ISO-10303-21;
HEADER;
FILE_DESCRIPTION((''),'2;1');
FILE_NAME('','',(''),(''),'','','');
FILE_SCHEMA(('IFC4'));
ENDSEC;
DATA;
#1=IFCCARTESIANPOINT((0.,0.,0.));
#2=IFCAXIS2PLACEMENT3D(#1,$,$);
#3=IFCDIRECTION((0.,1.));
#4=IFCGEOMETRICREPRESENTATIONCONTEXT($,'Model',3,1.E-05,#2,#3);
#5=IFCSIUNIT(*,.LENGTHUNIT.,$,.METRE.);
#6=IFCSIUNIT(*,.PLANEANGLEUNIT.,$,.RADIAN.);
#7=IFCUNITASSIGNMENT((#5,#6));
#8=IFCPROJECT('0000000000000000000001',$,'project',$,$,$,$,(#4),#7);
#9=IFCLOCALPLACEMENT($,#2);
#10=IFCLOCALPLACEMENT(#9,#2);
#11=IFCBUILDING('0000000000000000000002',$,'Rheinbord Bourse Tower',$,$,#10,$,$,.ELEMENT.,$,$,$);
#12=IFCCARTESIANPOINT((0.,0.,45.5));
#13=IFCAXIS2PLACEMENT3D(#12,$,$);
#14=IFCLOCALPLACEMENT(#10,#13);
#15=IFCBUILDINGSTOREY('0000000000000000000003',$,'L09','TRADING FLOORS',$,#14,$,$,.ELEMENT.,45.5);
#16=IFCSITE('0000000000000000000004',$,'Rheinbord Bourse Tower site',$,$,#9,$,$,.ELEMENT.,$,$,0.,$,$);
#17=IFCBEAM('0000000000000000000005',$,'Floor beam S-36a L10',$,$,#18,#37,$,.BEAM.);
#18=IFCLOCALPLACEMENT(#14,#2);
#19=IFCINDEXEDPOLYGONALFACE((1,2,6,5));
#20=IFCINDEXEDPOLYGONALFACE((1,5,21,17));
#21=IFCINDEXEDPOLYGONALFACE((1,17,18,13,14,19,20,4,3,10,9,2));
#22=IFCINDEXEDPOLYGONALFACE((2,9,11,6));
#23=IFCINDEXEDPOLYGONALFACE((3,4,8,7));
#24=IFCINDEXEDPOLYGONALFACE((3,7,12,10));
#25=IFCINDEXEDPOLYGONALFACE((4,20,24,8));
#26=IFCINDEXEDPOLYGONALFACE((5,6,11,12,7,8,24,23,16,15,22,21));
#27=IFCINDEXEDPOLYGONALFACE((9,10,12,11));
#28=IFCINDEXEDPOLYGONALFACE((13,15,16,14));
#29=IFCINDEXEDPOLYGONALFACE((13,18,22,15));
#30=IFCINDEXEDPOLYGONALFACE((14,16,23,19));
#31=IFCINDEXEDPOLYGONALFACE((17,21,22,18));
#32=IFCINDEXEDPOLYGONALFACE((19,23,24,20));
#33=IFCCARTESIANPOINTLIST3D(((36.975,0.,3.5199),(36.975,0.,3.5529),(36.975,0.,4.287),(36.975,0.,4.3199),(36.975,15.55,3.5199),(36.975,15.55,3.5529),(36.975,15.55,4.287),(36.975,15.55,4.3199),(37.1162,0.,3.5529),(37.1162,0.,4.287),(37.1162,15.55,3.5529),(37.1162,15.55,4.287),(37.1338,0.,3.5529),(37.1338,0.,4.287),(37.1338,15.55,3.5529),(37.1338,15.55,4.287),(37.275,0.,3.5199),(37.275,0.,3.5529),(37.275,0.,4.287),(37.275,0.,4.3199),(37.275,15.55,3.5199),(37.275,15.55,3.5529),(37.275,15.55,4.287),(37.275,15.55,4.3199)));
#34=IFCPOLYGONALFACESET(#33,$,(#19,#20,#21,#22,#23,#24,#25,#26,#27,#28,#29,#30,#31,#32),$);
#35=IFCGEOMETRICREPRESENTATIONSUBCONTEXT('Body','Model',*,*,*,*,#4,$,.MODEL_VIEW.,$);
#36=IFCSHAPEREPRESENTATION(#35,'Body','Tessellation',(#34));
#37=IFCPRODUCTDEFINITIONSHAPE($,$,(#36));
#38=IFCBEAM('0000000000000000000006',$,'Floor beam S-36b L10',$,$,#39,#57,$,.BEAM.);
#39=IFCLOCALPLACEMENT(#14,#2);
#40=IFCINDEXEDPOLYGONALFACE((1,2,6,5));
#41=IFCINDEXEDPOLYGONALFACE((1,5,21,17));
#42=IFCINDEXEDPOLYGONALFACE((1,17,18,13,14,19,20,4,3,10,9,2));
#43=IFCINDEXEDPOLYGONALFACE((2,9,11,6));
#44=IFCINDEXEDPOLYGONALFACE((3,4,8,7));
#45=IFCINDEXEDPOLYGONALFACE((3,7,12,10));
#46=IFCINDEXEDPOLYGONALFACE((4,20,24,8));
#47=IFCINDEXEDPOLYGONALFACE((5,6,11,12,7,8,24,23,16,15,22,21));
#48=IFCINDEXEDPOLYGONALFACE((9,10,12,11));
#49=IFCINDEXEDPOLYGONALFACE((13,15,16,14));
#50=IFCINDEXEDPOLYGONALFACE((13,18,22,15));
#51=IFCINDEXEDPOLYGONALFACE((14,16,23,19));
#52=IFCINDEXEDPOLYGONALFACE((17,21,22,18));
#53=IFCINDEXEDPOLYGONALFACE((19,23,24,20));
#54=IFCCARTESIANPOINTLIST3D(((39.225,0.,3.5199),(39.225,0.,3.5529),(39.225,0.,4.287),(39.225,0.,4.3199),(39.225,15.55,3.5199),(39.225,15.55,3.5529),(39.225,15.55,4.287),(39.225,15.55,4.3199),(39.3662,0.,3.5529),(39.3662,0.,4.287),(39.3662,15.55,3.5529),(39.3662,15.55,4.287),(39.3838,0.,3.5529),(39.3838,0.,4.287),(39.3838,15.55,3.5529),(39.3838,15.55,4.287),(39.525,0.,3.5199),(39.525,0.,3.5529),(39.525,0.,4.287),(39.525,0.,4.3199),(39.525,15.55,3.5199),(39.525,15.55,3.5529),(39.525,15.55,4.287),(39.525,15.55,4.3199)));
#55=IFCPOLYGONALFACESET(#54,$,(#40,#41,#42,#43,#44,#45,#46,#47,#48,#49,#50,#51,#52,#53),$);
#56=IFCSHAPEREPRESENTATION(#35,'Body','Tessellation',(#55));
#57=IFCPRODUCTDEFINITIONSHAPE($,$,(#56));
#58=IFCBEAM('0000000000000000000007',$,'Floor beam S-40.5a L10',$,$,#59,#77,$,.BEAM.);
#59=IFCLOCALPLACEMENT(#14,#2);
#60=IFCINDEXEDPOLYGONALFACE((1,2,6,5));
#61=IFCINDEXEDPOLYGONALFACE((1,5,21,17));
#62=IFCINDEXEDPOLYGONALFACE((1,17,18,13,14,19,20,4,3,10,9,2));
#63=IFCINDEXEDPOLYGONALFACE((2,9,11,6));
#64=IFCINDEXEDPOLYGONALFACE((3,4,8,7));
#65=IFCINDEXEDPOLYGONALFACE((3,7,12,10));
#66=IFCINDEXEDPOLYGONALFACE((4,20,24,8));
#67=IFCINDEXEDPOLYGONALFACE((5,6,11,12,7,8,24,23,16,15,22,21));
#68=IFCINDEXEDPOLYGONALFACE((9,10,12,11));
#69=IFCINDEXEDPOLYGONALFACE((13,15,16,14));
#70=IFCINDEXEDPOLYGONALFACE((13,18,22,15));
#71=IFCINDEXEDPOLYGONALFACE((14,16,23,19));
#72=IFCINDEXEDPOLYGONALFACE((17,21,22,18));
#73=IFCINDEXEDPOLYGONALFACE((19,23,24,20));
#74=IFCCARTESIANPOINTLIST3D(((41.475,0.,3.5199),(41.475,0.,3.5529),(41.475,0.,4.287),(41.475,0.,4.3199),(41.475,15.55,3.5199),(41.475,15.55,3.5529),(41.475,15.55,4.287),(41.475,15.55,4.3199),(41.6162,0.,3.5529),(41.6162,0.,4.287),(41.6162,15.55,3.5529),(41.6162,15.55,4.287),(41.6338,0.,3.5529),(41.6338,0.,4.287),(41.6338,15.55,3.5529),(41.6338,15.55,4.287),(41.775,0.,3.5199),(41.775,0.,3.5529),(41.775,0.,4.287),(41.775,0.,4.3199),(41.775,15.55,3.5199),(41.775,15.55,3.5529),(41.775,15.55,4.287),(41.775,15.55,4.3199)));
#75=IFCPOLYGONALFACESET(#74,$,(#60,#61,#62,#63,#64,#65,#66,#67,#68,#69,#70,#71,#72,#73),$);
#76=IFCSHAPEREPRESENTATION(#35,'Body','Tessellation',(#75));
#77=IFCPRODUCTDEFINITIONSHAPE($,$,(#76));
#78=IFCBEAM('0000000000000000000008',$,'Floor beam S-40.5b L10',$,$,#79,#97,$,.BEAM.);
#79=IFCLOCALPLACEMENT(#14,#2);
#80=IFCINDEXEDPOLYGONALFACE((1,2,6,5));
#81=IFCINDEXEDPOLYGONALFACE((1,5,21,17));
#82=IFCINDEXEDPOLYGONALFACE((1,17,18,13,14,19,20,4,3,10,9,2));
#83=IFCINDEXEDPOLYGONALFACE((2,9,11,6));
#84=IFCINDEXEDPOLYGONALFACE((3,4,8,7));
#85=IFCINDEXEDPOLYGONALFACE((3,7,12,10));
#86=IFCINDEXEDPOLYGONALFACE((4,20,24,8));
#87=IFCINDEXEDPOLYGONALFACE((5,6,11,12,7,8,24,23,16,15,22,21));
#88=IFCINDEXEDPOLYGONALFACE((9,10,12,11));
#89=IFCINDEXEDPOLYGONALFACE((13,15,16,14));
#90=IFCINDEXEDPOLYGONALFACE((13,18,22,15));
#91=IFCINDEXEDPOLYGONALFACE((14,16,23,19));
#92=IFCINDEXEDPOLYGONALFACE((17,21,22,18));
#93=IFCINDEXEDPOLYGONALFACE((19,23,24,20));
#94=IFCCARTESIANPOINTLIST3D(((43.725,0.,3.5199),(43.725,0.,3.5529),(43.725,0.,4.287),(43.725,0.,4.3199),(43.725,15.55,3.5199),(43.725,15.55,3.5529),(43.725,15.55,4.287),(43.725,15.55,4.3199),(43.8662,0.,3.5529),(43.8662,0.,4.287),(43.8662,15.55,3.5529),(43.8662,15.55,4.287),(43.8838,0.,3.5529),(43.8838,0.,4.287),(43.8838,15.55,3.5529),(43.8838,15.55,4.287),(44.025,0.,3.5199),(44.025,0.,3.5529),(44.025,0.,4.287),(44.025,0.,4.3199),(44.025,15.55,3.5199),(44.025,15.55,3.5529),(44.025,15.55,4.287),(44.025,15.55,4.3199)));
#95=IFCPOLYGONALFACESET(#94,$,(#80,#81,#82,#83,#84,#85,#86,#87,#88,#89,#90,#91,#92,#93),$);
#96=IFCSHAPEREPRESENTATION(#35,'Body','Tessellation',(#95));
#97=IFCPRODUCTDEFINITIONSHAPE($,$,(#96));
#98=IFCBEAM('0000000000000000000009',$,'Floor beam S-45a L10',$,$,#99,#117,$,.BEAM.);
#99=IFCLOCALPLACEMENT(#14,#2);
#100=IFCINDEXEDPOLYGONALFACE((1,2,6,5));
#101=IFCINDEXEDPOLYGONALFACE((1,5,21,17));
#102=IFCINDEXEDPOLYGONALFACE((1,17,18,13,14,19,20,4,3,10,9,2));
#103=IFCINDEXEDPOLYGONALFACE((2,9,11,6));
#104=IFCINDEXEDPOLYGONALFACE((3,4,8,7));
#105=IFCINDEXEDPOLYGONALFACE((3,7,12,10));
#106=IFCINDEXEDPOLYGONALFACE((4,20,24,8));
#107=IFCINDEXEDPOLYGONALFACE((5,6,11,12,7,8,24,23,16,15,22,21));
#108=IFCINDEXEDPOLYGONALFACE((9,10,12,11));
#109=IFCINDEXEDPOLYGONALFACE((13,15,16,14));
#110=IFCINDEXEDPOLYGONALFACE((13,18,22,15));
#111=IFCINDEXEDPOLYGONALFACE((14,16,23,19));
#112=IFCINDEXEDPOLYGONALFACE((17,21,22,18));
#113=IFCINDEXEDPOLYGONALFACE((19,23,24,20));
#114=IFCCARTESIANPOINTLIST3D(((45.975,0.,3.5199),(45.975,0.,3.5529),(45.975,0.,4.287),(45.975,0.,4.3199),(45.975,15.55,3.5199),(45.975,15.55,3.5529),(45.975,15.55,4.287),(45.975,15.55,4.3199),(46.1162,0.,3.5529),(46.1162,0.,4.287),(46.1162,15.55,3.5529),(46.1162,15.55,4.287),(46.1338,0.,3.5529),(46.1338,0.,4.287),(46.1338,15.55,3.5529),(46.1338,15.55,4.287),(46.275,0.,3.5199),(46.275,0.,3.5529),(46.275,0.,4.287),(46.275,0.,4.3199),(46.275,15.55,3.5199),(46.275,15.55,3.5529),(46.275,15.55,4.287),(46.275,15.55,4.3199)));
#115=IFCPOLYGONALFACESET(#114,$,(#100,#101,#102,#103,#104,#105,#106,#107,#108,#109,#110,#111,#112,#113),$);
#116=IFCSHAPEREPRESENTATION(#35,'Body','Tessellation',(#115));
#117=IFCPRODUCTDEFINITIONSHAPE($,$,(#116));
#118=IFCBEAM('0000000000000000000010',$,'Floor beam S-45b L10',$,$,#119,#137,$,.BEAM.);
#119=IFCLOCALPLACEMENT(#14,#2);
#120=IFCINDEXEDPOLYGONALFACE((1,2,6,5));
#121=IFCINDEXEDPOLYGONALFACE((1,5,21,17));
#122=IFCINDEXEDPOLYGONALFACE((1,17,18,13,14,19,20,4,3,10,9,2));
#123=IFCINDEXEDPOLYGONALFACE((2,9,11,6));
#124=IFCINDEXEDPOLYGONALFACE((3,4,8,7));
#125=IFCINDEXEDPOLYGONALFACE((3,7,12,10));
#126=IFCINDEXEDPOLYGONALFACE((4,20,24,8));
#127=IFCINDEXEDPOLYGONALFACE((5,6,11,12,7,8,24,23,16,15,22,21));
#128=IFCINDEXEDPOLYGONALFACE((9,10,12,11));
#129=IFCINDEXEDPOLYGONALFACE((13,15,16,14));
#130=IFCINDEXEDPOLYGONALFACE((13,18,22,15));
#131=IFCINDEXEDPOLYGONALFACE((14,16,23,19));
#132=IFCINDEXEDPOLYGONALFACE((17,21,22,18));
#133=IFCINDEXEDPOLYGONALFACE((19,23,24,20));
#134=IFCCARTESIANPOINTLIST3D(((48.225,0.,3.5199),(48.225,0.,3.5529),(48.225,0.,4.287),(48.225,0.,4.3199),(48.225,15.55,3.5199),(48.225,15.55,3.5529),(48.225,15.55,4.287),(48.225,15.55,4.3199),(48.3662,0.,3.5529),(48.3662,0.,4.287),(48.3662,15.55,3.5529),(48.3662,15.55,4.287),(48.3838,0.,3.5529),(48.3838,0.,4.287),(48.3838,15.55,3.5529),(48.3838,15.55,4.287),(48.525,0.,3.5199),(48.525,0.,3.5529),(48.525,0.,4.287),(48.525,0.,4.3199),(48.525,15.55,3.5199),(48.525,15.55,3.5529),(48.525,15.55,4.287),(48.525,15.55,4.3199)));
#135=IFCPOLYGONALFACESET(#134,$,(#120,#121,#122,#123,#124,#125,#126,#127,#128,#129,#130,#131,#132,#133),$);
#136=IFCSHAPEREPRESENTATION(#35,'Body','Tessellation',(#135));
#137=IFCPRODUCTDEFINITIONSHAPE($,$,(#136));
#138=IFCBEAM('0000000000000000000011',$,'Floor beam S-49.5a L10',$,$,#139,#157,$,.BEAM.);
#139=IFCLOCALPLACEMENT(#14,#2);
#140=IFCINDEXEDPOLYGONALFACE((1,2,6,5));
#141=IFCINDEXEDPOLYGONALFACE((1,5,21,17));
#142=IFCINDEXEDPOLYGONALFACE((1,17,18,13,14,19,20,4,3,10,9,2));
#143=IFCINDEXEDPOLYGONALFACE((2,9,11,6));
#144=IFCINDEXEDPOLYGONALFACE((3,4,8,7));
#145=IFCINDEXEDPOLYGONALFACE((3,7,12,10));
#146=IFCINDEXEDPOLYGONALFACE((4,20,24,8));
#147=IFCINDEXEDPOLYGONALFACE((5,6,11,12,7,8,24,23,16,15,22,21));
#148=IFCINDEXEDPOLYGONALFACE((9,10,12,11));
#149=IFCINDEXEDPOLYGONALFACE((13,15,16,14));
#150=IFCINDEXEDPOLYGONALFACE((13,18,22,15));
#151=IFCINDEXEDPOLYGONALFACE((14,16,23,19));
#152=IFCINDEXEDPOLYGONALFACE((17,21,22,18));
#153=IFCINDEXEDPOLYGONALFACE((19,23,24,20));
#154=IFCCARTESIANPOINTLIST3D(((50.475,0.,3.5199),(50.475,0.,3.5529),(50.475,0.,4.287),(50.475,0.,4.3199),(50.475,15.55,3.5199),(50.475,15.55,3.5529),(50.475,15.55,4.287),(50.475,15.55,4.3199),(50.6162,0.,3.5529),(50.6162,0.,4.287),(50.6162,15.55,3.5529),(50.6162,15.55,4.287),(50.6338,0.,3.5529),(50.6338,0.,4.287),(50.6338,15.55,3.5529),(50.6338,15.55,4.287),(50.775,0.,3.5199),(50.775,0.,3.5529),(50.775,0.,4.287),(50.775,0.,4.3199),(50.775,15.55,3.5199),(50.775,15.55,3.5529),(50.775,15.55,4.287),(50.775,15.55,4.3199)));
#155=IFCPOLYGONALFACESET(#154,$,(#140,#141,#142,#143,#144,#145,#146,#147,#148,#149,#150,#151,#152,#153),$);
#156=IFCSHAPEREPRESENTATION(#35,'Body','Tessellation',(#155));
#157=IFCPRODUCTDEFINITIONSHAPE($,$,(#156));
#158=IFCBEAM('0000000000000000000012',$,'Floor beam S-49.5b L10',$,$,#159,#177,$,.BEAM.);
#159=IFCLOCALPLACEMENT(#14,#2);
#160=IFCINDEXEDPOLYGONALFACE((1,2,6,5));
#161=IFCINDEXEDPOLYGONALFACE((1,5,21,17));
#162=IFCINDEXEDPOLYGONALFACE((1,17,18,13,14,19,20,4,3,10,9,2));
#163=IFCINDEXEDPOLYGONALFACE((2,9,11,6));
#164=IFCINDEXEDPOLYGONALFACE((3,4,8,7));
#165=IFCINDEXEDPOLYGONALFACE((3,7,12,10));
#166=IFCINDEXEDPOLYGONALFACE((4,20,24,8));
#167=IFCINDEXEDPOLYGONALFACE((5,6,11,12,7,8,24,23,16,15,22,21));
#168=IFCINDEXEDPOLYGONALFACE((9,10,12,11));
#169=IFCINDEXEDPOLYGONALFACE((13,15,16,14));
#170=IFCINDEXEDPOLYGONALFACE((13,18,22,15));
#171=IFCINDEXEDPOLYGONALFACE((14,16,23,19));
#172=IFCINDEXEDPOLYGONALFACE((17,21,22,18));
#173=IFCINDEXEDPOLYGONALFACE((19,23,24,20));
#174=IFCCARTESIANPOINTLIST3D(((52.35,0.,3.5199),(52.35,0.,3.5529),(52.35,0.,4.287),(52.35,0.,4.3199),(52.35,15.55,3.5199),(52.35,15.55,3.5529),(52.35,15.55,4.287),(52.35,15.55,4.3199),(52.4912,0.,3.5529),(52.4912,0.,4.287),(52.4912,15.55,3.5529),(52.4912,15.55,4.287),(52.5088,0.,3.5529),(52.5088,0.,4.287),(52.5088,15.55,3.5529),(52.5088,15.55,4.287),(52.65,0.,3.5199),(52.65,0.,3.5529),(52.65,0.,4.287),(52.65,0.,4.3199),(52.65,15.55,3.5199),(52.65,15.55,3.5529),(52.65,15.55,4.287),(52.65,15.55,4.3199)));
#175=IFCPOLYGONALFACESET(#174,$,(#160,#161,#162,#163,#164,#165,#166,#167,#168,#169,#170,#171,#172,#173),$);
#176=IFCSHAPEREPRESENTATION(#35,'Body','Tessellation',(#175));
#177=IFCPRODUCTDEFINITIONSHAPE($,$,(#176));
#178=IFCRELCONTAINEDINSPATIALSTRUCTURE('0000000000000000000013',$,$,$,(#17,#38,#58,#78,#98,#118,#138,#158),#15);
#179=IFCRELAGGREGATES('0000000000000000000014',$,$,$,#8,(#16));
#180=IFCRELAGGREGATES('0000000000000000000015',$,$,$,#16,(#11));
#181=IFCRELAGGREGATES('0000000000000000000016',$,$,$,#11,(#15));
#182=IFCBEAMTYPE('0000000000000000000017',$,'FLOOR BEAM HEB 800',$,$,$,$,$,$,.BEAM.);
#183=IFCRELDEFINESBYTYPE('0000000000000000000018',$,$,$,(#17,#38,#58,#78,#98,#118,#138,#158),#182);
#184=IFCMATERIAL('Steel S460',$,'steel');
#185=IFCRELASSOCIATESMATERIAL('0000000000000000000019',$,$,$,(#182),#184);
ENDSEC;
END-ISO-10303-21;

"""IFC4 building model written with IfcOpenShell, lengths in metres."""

from ifc_helpers import new_model, si_unit, direction, frame, origin, origin_2d, place, context, subcontext, project, spatial, i_section, extrude, material, material_profile, profile_set, type_object, element, save


model = new_model("IFC4")

# Units and contexts
model_context = context("Model", 3, precision=1e-05, world=origin(), true_north=direction((0.0, 1.0)))
body_context = subcontext(model_context, "Body", "Model", "MODEL_VIEW")
ifc_project = project(units=[si_unit("LENGTHUNIT", "METRE"), si_unit("PLANEANGLEUNIT", "RADIAN")], contexts=[model_context])

# Site, building, storey
site_placement = place(None, origin())
site = spatial("IfcSite", under=ifc_project, at=site_placement, Name="Rheinbord Bourse Tower site", CompositionType="ELEMENT", RefElevation=0.0)
building_placement = place(site_placement, origin())
building = spatial("IfcBuilding", under=site, at=building_placement, Name="Rheinbord Bourse Tower", CompositionType="ELEMENT")
storey_placement = place(building_placement, frame((0.0, 0.0, 45.5)))
storey = spatial("IfcBuildingStorey", under=building, at=storey_placement, Name="L09", Description="TRADING FLOORS", CompositionType="ELEMENT", Elevation=45.5)

# Beams
ifc_material_1 = material(Name="Steel S460", Category="steel")
ifc_material_profile_1 = material_profile(ifc_material_1, i_section(OverallWidth=0.3, OverallDepth=0.8, WebThickness=0.0176, FlangeThickness=0.033, at=origin_2d()), Name="HEB 800")
ifc_profile_set_1 = profile_set([ifc_material_profile_1], Name="Steel S460")
beam_type_1 = type_object("IfcBeamType", Name="FLOOR BEAM HEB 800", PredefinedType="BEAM", material=ifc_profile_set_1)
for number, where, z_axis, x_axis, name in (
    (1, (37.125, 0.0, 3.9199), (0.0, 1.0, 0.0), (-1.0, 0.0, 0.0), "Floor beam S-36a L10"),
    (2, (39.375, 0.0, 3.9199), (0.0, 1.0, 0.0), (-1.0, 0.0, 0.0), "Floor beam S-36b L10"),
    (3, (41.625, 0.0, 3.9199), (0.0, 1.0, 0.0), (-1.0, 0.0, 0.0), "Floor beam S-40.5a L10"),
    (4, (43.875, 0.0, 3.9199), (0.0, 1.0, 0.0), (-1.0, 0.0, 0.0), "Floor beam S-40.5b L10"),
    (5, (46.125, 0.0, 3.9199), (0.0, 1.0, 0.0), (-1.0, 0.0, 0.0), "Floor beam S-45a L10"),
    (6, (48.375, 0.0, 3.9199), (0.0, 1.0, 0.0), (-1.0, 0.0, 0.0), "Floor beam S-45b L10"),
    (7, (50.625, 0.0, 3.9199), (0.0, 1.0, 0.0), (-1.0, 0.0, 0.0), "Floor beam S-49.5a L10"),
    (8, (52.5, 0.0, 3.9199), (0.0, 1.0, 0.0), (-1.0, 0.0, 0.0), "Floor beam S-49.5b L10"),
):
    element("IfcBeam", number, at=place(storey_placement, frame(where, z_axis=z_axis, x_axis=x_axis)), inside=storey, type_object=beam_type_1, Name=name, PredefinedType="BEAM", context=body_context, shape_type="SweptSolid", body=[
        extrude(i_section(OverallWidth=0.3, OverallDepth=0.8, WebThickness=0.0176, FlangeThickness=0.033, at=origin_2d()), origin(), (0.0, 0.0, 1.0), 15.55),
    ])

save(model, "model.ifc")
